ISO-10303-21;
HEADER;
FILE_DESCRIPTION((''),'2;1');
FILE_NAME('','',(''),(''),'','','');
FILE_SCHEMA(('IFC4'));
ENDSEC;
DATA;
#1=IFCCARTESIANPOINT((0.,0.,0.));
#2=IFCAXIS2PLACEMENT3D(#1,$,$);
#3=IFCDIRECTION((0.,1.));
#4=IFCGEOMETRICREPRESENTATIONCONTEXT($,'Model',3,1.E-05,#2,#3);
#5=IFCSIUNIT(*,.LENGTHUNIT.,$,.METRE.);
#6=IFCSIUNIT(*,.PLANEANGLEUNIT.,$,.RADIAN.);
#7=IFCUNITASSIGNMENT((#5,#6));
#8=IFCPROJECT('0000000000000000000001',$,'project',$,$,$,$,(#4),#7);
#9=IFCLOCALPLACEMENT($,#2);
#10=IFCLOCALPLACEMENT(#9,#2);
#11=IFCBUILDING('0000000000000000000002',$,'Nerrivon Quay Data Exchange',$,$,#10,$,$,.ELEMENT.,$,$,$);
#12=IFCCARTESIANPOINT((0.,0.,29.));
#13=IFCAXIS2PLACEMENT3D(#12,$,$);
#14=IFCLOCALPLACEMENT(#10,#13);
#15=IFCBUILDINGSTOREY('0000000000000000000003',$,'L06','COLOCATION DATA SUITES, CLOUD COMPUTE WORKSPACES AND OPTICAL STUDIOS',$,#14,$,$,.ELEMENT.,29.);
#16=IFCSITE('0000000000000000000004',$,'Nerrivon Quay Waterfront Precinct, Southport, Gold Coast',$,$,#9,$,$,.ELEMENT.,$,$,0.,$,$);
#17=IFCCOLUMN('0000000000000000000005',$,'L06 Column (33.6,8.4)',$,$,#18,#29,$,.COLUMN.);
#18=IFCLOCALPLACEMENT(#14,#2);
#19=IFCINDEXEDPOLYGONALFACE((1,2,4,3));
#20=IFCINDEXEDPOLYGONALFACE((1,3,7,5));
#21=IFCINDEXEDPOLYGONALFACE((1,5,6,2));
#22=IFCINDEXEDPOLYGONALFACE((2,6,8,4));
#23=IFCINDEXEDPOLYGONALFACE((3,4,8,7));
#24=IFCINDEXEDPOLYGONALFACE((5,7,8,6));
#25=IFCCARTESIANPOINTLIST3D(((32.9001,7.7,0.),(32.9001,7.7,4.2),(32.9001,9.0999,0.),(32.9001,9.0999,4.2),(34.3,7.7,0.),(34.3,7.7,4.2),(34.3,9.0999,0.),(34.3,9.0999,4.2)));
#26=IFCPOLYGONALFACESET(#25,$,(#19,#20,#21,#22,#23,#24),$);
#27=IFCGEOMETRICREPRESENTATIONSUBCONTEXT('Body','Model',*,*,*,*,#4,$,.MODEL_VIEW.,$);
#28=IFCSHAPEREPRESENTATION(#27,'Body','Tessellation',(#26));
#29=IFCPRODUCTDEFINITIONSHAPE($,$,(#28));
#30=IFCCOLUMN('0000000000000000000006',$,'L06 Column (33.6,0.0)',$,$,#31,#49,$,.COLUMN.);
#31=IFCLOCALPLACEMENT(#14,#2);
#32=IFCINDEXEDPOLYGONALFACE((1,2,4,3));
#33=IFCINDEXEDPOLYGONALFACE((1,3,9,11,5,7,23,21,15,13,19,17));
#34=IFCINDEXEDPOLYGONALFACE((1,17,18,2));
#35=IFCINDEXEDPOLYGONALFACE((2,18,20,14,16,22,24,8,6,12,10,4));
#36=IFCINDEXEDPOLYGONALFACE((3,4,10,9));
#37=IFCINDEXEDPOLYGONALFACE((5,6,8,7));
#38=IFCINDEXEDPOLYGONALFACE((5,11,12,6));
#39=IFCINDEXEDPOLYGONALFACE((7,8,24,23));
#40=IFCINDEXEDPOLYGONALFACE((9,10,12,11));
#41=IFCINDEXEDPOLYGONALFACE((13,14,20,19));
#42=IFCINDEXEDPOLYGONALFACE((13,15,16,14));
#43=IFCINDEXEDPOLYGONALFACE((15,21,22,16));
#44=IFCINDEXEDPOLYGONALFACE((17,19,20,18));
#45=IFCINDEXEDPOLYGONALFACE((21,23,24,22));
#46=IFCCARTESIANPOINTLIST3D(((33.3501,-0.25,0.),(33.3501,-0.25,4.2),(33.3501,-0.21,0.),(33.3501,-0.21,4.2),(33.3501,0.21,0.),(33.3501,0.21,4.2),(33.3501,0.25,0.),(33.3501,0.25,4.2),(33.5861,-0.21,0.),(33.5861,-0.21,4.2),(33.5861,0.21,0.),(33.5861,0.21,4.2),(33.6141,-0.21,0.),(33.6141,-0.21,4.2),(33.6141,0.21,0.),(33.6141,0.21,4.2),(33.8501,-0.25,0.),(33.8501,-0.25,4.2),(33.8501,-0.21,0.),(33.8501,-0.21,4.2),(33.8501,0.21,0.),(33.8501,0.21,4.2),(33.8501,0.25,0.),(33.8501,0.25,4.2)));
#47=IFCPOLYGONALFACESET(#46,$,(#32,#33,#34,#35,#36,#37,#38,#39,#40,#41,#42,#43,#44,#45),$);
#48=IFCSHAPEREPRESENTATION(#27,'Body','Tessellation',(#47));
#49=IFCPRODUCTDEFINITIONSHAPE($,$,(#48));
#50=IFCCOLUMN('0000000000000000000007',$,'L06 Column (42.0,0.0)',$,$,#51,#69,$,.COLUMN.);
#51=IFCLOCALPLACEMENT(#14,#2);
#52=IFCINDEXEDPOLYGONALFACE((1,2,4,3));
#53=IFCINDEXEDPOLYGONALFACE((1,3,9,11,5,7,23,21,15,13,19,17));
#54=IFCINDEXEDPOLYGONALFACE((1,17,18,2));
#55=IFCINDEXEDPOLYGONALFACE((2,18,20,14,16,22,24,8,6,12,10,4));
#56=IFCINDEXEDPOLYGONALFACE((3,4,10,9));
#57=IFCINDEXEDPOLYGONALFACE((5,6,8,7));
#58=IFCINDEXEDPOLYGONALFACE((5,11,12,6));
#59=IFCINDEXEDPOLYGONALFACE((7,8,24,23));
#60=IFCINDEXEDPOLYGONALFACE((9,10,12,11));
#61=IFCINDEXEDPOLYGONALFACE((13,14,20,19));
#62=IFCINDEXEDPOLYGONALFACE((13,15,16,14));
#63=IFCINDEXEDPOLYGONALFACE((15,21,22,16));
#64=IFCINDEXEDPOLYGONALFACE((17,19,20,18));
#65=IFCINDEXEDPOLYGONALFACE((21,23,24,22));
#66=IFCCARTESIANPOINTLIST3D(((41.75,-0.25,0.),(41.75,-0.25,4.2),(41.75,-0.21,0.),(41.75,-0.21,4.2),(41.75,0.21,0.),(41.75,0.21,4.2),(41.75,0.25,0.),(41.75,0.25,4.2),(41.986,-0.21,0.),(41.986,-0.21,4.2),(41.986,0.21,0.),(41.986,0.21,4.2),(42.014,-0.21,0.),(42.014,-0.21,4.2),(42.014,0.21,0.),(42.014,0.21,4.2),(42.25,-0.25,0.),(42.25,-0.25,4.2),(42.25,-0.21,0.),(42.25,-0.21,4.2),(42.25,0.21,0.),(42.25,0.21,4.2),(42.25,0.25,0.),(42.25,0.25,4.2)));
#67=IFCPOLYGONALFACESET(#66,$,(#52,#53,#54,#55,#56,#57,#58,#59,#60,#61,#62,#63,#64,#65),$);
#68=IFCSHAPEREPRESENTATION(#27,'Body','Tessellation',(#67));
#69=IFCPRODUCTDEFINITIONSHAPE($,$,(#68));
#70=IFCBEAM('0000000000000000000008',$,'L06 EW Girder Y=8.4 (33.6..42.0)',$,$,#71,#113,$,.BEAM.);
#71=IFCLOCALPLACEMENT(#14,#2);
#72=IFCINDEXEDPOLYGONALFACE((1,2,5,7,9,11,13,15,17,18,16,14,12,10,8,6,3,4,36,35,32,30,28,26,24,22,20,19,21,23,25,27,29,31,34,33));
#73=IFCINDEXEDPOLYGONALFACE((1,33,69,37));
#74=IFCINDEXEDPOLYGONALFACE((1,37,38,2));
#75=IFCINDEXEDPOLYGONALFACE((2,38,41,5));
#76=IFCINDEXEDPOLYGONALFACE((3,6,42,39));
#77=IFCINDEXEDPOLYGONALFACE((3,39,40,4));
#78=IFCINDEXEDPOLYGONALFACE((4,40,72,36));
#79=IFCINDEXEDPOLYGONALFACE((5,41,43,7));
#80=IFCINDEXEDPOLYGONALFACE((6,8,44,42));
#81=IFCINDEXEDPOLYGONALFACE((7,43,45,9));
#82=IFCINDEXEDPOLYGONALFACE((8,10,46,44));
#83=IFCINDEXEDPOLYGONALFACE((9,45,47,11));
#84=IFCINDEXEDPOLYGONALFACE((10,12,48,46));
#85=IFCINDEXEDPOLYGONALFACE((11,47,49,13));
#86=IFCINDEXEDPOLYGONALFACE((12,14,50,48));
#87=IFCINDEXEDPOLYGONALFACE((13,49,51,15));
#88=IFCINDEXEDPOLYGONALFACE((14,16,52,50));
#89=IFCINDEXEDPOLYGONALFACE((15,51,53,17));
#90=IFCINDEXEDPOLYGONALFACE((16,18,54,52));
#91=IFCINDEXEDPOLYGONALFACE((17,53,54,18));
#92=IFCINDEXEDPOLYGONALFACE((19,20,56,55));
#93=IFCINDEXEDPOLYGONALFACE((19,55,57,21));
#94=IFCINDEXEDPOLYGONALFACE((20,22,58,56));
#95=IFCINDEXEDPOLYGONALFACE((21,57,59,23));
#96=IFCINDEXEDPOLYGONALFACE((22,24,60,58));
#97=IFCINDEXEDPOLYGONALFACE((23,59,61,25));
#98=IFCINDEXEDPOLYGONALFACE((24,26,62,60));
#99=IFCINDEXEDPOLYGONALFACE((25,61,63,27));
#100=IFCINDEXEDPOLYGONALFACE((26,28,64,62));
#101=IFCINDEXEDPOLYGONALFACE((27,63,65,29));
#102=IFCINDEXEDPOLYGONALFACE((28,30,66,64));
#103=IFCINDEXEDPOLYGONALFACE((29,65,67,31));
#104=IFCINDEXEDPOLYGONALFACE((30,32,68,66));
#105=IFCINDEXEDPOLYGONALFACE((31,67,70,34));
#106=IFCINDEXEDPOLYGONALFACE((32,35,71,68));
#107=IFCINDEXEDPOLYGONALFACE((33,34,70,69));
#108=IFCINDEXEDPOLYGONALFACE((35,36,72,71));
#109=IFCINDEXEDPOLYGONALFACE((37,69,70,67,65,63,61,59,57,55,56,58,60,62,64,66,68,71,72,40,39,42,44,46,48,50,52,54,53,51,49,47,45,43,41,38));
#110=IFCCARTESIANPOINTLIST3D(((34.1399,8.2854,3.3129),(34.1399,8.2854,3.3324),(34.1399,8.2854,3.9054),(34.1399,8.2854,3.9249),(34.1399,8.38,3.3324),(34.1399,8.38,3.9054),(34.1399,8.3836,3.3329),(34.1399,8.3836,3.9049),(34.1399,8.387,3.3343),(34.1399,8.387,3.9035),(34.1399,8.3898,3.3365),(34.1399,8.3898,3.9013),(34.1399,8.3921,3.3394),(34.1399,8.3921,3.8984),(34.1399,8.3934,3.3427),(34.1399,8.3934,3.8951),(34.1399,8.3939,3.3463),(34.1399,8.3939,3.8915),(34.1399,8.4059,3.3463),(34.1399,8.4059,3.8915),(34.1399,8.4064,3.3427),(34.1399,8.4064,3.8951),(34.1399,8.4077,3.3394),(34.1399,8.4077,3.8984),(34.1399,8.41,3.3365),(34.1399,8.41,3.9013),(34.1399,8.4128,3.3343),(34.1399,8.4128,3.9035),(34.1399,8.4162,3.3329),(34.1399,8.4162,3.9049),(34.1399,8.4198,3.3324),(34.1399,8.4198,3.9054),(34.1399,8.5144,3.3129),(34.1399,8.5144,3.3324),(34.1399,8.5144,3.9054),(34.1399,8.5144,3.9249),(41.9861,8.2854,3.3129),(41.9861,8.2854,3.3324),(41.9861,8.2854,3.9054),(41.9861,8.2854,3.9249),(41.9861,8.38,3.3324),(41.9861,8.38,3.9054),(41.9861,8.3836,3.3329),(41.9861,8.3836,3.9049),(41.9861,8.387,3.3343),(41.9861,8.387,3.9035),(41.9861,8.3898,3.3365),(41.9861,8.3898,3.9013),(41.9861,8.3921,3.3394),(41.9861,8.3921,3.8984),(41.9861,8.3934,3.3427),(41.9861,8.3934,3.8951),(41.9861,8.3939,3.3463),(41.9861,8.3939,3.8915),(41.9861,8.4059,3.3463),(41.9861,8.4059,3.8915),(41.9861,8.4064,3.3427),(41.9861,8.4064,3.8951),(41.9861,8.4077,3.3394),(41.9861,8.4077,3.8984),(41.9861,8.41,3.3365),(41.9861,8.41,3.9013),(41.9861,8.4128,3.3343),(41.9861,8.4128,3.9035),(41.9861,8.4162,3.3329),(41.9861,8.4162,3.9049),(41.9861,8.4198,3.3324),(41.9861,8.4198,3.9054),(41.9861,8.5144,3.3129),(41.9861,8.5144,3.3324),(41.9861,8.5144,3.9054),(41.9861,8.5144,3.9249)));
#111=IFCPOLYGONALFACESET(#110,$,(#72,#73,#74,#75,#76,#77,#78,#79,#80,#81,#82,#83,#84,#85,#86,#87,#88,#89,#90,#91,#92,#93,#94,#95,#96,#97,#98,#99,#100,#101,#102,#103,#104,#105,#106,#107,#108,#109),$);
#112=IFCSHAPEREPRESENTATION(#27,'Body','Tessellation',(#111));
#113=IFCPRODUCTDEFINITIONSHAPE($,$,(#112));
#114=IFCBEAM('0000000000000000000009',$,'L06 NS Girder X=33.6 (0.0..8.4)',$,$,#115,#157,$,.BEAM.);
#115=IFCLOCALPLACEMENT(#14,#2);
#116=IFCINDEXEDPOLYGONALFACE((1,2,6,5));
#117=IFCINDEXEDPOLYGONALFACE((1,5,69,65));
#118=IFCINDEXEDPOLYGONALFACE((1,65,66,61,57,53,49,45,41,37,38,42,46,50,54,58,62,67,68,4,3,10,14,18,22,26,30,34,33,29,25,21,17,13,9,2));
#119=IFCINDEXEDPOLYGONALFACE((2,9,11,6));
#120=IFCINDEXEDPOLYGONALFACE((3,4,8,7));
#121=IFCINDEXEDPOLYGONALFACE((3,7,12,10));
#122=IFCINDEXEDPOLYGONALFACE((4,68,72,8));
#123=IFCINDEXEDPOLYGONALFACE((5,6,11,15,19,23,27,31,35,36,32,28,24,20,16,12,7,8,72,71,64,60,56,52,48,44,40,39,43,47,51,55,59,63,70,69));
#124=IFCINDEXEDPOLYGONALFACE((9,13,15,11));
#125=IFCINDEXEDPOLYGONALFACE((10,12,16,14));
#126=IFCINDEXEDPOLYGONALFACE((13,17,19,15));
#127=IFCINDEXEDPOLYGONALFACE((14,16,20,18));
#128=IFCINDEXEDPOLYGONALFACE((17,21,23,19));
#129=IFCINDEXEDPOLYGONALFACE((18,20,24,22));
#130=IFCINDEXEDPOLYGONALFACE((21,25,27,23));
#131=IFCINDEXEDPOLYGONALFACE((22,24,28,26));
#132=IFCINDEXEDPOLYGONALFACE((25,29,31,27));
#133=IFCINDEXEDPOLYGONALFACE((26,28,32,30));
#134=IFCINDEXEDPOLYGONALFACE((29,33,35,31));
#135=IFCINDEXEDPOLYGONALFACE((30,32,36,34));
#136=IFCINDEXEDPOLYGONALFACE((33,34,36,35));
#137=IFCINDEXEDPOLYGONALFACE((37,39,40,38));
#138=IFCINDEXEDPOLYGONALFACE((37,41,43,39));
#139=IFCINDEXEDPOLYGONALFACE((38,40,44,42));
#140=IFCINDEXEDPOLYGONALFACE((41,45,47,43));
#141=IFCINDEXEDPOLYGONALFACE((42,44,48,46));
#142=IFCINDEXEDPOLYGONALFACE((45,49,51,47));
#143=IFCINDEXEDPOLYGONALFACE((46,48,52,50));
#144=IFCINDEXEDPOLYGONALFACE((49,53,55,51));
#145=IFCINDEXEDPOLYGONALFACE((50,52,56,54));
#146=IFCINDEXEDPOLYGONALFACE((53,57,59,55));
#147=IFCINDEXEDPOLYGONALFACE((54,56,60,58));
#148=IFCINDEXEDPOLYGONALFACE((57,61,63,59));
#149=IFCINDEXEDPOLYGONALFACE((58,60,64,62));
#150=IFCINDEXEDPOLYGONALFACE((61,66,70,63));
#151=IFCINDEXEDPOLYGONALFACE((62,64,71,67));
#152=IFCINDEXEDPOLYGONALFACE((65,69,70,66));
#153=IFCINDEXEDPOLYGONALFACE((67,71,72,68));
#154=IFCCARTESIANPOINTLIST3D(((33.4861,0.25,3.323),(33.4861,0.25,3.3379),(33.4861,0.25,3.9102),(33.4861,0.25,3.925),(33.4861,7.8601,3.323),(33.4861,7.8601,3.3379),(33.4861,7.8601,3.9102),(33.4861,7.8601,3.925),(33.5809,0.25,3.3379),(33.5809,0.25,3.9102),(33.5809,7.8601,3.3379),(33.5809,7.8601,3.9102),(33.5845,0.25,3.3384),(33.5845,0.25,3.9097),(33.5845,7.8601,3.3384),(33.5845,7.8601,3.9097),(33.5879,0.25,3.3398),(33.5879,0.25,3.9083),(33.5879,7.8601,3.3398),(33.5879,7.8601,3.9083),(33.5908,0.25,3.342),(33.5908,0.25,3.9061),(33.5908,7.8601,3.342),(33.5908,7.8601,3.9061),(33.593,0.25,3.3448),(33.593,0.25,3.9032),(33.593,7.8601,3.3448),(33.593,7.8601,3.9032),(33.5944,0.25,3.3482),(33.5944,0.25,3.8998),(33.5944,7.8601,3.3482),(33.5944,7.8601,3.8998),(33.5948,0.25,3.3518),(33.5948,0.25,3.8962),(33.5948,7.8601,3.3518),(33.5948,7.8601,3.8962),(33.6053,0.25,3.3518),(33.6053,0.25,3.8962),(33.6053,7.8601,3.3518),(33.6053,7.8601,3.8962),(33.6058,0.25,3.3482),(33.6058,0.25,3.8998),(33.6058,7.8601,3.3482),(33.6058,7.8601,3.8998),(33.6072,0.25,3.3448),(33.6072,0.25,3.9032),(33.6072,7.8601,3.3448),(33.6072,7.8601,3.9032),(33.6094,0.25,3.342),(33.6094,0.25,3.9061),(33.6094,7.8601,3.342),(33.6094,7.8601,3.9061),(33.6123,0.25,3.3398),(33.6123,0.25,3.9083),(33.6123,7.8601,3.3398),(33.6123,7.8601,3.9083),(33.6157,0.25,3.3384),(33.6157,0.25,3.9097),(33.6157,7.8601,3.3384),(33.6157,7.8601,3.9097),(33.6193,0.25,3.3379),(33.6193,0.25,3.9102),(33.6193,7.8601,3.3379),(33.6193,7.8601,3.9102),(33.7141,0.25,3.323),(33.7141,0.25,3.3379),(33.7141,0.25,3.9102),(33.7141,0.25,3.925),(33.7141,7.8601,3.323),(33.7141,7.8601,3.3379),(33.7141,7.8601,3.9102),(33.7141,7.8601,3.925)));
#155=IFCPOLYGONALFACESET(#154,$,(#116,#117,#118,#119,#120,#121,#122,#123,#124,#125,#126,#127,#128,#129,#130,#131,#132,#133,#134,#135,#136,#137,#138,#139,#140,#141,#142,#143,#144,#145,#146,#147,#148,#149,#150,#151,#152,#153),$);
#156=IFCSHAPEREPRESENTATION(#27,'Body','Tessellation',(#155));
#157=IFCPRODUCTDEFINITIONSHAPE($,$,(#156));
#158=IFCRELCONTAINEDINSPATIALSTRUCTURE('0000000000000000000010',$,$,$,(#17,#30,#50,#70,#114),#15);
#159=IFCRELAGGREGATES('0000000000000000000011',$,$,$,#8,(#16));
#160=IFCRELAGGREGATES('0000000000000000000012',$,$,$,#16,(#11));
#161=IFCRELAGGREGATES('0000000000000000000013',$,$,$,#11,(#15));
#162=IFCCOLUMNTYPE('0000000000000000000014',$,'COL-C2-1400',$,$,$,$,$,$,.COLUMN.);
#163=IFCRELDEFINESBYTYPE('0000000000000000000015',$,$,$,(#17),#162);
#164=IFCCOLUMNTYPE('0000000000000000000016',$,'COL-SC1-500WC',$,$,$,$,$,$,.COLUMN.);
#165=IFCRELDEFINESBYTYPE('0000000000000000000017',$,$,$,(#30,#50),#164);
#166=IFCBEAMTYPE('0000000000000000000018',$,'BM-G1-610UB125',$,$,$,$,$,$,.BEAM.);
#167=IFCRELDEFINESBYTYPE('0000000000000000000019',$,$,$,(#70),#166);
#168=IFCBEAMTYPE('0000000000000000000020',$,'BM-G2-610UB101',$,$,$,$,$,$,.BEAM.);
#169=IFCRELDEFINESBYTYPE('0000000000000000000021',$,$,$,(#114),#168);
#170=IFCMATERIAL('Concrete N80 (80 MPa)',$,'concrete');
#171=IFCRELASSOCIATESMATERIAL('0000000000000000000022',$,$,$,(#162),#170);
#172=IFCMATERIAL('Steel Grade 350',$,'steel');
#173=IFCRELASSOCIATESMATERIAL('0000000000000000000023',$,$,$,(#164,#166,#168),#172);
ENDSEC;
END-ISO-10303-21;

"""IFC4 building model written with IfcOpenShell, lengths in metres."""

from ifc_helpers import new_model, si_unit, direction, frame, origin, origin_2d, place, context, subcontext, project, spatial, rectangle, i_section, extrude, material, material_profile, profile_set, type_object, element, save


model = new_model("IFC4")

# Units and contexts
model_context = context("Model", 3, precision=1e-05, world=origin(), true_north=direction((0.0, 1.0)))
body_context = subcontext(model_context, "Body", "Model", "MODEL_VIEW")
ifc_project = project(units=[si_unit("LENGTHUNIT", "METRE"), si_unit("PLANEANGLEUNIT", "RADIAN")], contexts=[model_context])

# Site, building, storey
site_placement = place(None, origin())
site = spatial("IfcSite", under=ifc_project, at=site_placement, Name="Nerrivon Quay Waterfront Precinct, Southport, Gold Coast", CompositionType="ELEMENT", RefElevation=0.0)
building_placement = place(site_placement, origin())
building = spatial("IfcBuilding", under=site, at=building_placement, Name="Nerrivon Quay Data Exchange", CompositionType="ELEMENT")
storey_placement = place(building_placement, frame((0.0, 0.0, 29.0)))
storey = spatial("IfcBuildingStorey", under=building, at=storey_placement, Name="L06", Description="COLOCATION DATA SUITES, CLOUD COMPUTE WORKSPACES AND OPTICAL STUDIOS", CompositionType="ELEMENT", Elevation=29.0)

# Columns
ifc_material_1 = material(Name="Concrete N80 (80 MPa)", Category="concrete")
ifc_material_profile_1 = material_profile(ifc_material_1, rectangle(XDim=1.3999, YDim=1.3999, at=origin_2d()), Name="RC-COL-1400x1400")
ifc_profile_set_1 = profile_set([ifc_material_profile_1], Name="Concrete N80 (80 MPa)")
column_type_1 = type_object("IfcColumnType", Name="COL-C2-1400", PredefinedType="COLUMN", material=ifc_profile_set_1)
column_placement = place(storey_placement, frame((33.6001, 8.3999, 0.0), z_axis=(0.0, 0.0, 1.0), x_axis=(1.0, 0.0, 0.0)))
element("IfcColumn", 1, at=column_placement, inside=storey, type_object=column_type_1, Name="L06 Column (33.6,8.4)", PredefinedType="COLUMN", context=body_context, shape_type="SweptSolid", body=[
    extrude(rectangle(XDim=1.3999, YDim=1.3999, at=origin_2d()), origin(), (0.0, 0.0, 1.0), 4.2),
])
ifc_material_2 = material(Name="Steel Grade 350", Category="steel")
ifc_material_profile_2 = material_profile(ifc_material_2, i_section(OverallWidth=0.5, OverallDepth=0.5, WebThickness=0.0281, FlangeThickness=0.04, at=origin_2d()), Name="500WC440")
ifc_profile_set_2 = profile_set([ifc_material_profile_2], Name="Steel Grade 350")
column_type_2 = type_object("IfcColumnType", Name="COL-SC1-500WC", PredefinedType="COLUMN", material=ifc_profile_set_2)
for number, where, z_axis, x_axis, name in (
    (2, (33.6001, 0.0, 0.0), (0.0, 0.0, 1.0), (1.0, 0.0, 0.0), "L06 Column (33.6,0.0)"),
    (3, (42.0, 0.0, 0.0), (0.0, 0.0, 1.0), (1.0, 0.0, 0.0), "L06 Column (42.0,0.0)"),
):
    element("IfcColumn", number, at=place(storey_placement, frame(where, z_axis=z_axis, x_axis=x_axis)), inside=storey, type_object=column_type_2, Name=name, PredefinedType="COLUMN", context=body_context, shape_type="SweptSolid", body=[
        extrude(i_section(OverallWidth=0.5, OverallDepth=0.5, WebThickness=0.0281, FlangeThickness=0.04, at=origin_2d()), origin(), (0.0, 0.0, 1.0), 4.2),
    ])

# Beams
ifc_material_profile_3 = material_profile(ifc_material_2, i_section(OverallWidth=0.229, OverallDepth=0.6121, WebThickness=0.012, FlangeThickness=0.0195, FilletRadius=0.0139, at=origin_2d()), Name="610UB125")
ifc_profile_set_3 = profile_set([ifc_material_profile_3], Name="Steel Grade 350")
beam_type_1 = type_object("IfcBeamType", Name="BM-G1-610UB125", PredefinedType="BEAM", material=ifc_profile_set_3)
beam_1_placement = place(storey_placement, frame((34.1399, 8.3999, 3.6189), z_axis=(1.0, 0.0, 0.0), x_axis=(0.0, 1.0, 0.0)))
element("IfcBeam", 4, at=beam_1_placement, inside=storey, type_object=beam_type_1, Name="L06 EW Girder Y=8.4 (33.6..42.0)", PredefinedType="BEAM", context=body_context, shape_type="SweptSolid", body=[
    extrude(i_section(OverallWidth=0.229, OverallDepth=0.6121, WebThickness=0.012, FlangeThickness=0.0195, FilletRadius=0.0139, at=origin_2d()), origin(), (0.0, 0.0, 1.0), 7.8462),
])
ifc_material_profile_4 = material_profile(ifc_material_2, i_section(OverallWidth=0.228, OverallDepth=0.6021, WebThickness=0.0105, FlangeThickness=0.0149, FilletRadius=0.0139, at=origin_2d()), Name="610UB101")
ifc_profile_set_4 = profile_set([ifc_material_profile_4], Name="Steel Grade 350")
beam_type_2 = type_object("IfcBeamType", Name="BM-G2-610UB101", PredefinedType="BEAM", material=ifc_profile_set_4)
beam_2_placement = place(storey_placement, frame((33.6001, 0.25, 3.624), z_axis=(0.0, 1.0, 0.0), x_axis=(-1.0, 0.0, 0.0)))
element("IfcBeam", 5, at=beam_2_placement, inside=storey, type_object=beam_type_2, Name="L06 NS Girder X=33.6 (0.0..8.4)", PredefinedType="BEAM", context=body_context, shape_type="SweptSolid", body=[
    extrude(i_section(OverallWidth=0.228, OverallDepth=0.6021, WebThickness=0.0105, FlangeThickness=0.0149, FilletRadius=0.0139, at=origin_2d()), origin(), (0.0, 0.0, 1.0), 7.6101),
])

save(model, "model.ifc")
